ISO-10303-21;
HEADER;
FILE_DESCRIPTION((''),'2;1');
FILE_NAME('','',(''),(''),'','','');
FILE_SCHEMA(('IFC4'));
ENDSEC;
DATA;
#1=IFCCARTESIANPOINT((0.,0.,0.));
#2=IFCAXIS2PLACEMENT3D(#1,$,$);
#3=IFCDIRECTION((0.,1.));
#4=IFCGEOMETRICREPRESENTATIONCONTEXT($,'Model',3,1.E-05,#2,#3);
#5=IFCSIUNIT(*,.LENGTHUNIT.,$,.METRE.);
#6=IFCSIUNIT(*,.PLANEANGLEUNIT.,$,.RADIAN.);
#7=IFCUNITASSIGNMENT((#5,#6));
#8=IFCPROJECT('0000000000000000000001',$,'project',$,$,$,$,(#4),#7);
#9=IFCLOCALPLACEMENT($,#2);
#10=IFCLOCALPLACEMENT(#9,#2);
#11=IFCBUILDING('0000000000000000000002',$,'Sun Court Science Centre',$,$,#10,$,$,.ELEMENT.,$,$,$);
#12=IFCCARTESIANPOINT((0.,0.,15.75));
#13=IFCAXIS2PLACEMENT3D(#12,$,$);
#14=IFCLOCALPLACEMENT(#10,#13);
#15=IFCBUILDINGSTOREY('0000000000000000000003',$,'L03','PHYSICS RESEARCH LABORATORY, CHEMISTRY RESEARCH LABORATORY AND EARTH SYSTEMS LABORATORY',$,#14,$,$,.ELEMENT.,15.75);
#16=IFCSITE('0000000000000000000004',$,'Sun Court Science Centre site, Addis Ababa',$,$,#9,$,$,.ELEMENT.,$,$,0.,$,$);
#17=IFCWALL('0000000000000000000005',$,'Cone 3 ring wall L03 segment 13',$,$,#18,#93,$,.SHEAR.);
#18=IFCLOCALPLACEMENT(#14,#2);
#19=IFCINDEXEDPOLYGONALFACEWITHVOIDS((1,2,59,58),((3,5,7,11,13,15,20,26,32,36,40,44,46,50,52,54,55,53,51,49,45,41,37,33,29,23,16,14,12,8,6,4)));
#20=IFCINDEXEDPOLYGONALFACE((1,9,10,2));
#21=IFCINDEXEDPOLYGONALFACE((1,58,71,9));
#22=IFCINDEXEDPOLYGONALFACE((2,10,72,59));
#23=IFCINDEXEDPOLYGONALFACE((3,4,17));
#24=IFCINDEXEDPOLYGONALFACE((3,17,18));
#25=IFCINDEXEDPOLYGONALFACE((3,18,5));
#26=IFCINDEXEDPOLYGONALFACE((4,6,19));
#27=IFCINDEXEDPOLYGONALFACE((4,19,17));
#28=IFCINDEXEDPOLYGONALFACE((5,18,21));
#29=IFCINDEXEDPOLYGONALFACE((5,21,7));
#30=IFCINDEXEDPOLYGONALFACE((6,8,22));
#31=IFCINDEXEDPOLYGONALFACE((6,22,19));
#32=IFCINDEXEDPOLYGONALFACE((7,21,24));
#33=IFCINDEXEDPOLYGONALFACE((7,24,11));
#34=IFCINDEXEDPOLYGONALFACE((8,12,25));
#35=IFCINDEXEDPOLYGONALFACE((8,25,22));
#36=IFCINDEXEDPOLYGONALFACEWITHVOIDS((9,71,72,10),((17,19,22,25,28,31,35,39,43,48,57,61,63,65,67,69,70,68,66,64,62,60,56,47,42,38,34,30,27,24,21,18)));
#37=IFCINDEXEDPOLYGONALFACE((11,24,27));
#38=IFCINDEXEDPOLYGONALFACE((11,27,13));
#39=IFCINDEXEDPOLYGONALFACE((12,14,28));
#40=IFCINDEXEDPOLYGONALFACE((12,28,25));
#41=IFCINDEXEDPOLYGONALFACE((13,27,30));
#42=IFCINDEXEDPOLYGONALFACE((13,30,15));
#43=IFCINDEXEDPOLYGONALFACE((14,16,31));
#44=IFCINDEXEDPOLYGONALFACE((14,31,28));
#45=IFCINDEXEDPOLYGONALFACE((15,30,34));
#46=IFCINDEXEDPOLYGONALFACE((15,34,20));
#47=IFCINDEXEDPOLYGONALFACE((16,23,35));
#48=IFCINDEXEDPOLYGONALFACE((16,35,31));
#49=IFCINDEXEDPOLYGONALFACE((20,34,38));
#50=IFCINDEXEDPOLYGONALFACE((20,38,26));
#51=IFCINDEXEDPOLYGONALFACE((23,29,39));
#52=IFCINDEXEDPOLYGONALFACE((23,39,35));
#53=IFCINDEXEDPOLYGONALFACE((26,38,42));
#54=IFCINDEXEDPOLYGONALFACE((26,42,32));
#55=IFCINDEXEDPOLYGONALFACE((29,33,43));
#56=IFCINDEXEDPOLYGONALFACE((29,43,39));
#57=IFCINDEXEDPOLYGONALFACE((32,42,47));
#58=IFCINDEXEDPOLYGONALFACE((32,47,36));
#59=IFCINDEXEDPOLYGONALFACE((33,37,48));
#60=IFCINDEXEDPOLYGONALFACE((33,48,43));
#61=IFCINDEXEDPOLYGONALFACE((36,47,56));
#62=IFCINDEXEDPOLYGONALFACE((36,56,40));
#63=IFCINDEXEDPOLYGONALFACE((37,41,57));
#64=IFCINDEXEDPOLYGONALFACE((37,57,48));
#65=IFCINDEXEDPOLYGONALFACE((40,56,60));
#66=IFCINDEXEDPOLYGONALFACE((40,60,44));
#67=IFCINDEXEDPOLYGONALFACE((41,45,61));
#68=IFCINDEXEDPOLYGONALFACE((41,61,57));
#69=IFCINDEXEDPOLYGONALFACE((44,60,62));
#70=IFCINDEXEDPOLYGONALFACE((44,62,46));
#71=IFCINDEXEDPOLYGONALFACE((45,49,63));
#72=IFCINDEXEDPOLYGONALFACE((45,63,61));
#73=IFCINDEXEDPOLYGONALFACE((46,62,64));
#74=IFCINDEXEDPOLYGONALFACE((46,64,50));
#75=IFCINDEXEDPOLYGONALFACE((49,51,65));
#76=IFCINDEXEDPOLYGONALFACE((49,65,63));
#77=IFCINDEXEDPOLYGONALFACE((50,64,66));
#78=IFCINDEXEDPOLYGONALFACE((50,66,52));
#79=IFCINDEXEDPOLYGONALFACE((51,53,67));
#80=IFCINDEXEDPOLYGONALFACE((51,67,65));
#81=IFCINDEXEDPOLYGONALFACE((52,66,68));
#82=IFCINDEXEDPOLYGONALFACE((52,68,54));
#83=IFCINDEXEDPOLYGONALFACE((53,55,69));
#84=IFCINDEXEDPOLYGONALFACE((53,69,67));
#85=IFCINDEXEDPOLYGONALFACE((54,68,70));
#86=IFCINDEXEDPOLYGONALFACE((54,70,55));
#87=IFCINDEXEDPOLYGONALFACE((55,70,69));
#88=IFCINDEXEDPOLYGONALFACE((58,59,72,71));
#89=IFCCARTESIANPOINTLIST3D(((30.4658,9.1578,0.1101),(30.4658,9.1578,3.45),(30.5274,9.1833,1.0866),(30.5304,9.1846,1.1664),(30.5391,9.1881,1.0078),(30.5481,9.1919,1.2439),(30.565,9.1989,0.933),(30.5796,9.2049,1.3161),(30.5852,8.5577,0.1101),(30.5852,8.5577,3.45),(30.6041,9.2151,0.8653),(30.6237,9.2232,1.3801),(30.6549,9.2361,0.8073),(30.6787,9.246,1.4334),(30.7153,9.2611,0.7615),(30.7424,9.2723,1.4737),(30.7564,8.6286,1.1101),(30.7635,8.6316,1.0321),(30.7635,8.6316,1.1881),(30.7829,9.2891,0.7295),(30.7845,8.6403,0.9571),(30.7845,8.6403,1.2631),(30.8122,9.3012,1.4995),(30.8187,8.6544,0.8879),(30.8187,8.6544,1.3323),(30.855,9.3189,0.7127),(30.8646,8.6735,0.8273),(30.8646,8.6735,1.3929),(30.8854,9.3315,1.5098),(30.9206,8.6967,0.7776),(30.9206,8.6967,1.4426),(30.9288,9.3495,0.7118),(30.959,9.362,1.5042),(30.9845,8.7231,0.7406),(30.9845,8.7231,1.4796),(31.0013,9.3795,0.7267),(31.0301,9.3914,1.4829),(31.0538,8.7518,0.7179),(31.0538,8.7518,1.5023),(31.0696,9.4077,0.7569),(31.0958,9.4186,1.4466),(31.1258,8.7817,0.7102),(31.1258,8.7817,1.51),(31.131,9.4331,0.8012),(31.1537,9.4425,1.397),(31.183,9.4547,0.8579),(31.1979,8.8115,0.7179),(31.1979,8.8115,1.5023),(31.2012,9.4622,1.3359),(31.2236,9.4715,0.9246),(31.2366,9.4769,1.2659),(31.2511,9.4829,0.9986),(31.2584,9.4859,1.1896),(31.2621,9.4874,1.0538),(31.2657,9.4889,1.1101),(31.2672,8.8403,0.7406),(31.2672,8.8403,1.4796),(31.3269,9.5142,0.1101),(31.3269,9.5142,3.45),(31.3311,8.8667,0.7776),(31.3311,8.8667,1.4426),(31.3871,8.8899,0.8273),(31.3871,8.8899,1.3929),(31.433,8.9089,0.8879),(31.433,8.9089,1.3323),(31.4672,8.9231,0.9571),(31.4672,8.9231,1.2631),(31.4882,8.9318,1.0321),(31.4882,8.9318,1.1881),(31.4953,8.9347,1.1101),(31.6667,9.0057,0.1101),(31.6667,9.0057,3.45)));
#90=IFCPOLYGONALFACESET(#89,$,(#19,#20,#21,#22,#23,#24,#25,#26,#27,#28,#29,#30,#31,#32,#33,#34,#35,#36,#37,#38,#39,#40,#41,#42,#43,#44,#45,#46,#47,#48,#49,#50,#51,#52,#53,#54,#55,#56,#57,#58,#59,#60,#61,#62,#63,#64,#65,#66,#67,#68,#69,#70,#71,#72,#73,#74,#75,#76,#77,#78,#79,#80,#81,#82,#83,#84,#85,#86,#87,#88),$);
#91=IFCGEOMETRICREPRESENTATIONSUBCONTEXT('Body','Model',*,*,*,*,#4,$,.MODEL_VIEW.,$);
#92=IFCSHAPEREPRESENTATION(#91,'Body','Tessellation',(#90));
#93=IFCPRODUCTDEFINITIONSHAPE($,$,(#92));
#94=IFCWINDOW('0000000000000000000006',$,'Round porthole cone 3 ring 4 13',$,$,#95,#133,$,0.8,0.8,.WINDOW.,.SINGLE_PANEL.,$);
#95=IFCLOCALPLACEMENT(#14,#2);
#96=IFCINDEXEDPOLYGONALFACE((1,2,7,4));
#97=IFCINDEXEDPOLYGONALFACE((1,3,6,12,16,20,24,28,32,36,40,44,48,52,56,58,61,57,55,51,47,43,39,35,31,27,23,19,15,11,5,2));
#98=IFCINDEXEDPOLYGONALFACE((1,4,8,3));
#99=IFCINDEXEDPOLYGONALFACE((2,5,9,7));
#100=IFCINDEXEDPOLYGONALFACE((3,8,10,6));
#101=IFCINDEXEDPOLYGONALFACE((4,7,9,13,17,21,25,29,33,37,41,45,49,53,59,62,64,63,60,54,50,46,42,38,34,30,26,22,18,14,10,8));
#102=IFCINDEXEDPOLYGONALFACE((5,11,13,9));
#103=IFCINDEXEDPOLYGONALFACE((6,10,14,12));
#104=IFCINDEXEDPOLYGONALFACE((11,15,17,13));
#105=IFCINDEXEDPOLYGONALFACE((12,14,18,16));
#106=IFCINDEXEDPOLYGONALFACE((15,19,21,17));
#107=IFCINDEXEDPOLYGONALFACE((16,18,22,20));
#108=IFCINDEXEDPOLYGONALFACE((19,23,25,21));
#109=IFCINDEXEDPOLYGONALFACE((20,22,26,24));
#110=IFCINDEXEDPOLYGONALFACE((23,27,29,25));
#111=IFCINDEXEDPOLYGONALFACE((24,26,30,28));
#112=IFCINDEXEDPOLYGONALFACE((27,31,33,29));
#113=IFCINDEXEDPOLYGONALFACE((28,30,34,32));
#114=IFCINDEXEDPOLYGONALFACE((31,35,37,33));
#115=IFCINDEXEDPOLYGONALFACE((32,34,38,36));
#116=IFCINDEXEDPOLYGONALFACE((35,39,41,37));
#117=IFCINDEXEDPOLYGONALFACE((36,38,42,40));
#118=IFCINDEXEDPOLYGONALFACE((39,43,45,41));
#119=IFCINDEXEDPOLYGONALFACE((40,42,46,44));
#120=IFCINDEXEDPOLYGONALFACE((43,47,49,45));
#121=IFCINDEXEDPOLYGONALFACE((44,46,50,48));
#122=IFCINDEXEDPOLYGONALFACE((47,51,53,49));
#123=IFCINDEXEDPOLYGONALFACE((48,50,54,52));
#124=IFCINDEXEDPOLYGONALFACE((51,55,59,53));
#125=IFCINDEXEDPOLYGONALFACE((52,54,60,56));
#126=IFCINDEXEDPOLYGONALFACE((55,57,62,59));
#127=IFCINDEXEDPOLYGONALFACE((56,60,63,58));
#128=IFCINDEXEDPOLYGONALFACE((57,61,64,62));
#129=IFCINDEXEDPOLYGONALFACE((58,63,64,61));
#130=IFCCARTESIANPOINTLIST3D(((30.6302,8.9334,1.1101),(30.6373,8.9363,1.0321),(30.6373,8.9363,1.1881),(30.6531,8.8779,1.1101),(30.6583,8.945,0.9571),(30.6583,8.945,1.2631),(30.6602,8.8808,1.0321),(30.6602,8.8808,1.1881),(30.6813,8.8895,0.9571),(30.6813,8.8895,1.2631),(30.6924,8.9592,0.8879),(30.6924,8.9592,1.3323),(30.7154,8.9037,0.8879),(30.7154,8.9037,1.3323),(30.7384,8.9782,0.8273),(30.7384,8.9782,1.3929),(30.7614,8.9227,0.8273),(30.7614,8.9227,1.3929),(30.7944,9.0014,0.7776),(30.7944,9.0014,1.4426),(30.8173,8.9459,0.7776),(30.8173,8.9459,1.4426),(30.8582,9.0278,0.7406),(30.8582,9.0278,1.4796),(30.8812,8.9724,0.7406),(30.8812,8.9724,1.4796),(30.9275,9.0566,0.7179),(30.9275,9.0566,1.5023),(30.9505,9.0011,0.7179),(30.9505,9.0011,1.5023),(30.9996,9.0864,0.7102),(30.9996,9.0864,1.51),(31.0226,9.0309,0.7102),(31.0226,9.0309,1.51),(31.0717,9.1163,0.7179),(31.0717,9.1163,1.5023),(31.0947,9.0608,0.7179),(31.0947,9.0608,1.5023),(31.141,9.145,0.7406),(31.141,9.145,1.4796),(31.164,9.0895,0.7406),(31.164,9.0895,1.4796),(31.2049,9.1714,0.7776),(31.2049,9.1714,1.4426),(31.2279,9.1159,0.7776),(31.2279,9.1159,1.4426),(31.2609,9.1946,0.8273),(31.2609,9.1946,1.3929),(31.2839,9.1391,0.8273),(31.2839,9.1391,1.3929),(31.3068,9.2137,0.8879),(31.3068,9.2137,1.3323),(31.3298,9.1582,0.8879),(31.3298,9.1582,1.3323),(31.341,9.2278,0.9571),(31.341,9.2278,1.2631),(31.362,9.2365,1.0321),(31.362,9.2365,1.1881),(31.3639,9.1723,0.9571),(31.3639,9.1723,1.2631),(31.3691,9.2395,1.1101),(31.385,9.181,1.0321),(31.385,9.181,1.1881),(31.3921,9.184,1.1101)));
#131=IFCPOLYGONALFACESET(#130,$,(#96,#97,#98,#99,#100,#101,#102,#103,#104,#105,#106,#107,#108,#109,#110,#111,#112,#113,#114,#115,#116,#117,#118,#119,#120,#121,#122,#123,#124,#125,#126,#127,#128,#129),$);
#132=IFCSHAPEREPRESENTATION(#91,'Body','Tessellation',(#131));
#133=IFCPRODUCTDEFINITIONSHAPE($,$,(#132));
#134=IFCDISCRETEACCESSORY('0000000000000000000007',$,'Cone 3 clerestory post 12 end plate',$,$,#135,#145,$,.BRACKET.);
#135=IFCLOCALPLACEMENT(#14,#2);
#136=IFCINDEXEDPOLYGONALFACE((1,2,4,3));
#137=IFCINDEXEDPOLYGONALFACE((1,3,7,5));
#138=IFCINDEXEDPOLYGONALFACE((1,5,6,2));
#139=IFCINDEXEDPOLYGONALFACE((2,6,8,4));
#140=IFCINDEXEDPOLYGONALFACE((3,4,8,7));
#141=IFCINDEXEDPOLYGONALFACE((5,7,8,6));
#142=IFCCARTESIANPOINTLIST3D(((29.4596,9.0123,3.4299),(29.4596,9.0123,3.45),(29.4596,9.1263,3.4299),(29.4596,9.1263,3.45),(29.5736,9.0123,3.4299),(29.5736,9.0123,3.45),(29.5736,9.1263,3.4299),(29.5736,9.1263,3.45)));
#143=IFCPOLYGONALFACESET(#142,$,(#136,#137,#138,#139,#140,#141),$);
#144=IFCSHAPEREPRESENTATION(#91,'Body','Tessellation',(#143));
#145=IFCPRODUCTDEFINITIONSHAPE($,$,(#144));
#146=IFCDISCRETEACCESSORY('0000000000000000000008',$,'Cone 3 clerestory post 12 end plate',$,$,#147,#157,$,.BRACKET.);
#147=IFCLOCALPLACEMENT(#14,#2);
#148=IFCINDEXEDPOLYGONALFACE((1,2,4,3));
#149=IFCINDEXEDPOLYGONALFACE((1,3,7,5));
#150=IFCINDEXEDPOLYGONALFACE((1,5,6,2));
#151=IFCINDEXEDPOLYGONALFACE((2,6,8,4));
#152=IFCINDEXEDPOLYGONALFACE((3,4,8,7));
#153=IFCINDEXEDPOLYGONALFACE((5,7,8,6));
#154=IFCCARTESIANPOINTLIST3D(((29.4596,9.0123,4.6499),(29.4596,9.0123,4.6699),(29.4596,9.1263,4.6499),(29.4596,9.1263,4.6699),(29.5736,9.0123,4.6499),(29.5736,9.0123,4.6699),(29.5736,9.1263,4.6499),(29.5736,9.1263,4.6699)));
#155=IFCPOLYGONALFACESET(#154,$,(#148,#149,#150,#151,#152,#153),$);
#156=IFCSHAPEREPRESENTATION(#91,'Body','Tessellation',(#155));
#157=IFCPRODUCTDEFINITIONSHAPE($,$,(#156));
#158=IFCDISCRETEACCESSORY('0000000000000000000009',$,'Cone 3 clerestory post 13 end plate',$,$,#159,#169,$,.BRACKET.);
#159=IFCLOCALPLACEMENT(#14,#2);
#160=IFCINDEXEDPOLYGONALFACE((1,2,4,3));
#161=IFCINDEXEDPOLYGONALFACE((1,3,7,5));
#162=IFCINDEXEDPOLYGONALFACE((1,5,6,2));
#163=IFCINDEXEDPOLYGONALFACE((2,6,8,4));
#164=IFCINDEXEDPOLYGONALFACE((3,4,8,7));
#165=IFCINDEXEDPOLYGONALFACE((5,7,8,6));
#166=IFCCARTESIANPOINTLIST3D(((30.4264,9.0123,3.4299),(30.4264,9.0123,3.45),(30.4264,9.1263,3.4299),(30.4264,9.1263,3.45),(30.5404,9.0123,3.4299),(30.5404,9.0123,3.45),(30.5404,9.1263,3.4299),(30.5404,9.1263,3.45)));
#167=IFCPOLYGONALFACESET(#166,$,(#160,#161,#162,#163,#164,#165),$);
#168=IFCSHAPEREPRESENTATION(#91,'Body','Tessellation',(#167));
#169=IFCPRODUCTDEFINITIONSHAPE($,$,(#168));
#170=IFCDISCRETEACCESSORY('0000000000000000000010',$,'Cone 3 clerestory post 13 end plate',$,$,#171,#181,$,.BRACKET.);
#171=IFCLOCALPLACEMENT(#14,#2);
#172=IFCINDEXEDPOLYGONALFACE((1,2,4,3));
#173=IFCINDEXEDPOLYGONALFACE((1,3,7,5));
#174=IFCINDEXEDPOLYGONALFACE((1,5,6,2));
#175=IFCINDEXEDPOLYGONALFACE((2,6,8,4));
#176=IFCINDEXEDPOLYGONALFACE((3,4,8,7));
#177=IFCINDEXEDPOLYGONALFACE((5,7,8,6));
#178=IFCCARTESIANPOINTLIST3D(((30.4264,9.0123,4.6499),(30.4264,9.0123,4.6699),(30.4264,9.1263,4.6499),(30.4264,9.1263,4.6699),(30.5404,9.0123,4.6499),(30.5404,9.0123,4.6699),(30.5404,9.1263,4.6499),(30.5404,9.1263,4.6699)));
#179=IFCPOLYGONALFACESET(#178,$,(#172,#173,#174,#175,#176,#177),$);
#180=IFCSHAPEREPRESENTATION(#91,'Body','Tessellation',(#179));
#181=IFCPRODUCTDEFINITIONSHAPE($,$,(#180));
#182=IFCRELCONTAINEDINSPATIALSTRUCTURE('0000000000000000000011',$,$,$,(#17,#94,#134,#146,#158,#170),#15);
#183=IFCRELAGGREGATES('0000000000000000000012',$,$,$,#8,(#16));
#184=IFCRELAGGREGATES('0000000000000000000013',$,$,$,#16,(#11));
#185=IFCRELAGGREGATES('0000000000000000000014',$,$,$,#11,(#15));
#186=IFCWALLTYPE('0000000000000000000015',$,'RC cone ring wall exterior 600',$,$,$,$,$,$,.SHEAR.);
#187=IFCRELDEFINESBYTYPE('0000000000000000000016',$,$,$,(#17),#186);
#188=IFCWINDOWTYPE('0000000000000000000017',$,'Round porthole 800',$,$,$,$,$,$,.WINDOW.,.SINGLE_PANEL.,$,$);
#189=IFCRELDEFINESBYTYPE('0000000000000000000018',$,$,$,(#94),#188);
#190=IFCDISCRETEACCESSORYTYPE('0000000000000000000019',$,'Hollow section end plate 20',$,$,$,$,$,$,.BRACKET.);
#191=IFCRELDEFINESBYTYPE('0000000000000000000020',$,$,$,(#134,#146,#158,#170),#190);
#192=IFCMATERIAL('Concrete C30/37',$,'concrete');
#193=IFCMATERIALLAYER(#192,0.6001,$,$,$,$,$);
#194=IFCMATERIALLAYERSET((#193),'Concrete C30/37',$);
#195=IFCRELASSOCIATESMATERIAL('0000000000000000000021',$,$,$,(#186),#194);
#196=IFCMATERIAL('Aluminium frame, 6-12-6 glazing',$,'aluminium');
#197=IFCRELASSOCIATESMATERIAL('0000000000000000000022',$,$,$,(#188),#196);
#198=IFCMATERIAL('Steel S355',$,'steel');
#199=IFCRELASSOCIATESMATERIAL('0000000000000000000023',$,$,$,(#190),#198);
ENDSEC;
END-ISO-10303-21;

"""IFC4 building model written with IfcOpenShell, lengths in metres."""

from ifc_helpers import new_model, si_unit, direction, frame, frame_2d, origin, origin_2d, place, context, subcontext, project, spatial, polyline, rectangle, circle, outline, extrude, material, layer, layer_set, type_object, element, fill, save


model = new_model("IFC4")

# Units and contexts
model_context = context("Model", 3, precision=1e-05, world=origin(), true_north=direction((0.0, 1.0)))
body_context = subcontext(model_context, "Body", "Model", "MODEL_VIEW")
ifc_project = project(units=[si_unit("LENGTHUNIT", "METRE"), si_unit("PLANEANGLEUNIT", "RADIAN")], contexts=[model_context])

# Site, building, storey
site_placement = place(None, origin())
site = spatial("IfcSite", under=ifc_project, at=site_placement, Name="Sun Court Science Centre site, Addis Ababa", CompositionType="ELEMENT", RefElevation=0.0)
building_placement = place(site_placement, origin())
building = spatial("IfcBuilding", under=site, at=building_placement, Name="Sun Court Science Centre", CompositionType="ELEMENT")
storey_placement = place(building_placement, frame((0.0, 0.0, 15.75)))
storey = spatial("IfcBuildingStorey", under=building, at=storey_placement, Name="L03", Description="PHYSICS RESEARCH LABORATORY, CHEMISTRY RESEARCH LABORATORY AND EARTH SYSTEMS LABORATORY", CompositionType="ELEMENT", Elevation=15.75)

# Wall, opening, window
ifc_material_1 = material(Name="Concrete C30/37", Category="concrete")
ifc_layer_1 = layer(ifc_material_1, 0.6001)
ifc_layer_set_1 = layer_set([ifc_layer_1], Name="Concrete C30/37")
wall_type = type_object("IfcWallType", Name="RC cone ring wall exterior 600", PredefinedType="SHEAR", material=ifc_layer_set_1)
ifc_material_2 = material(Name="Aluminium frame, 6-12-6 glazing", Category="aluminium")
window_type = type_object("IfcWindowType", Name="Round porthole 800", PartitioningType="SINGLE_PANEL", PredefinedType="WINDOW", material=ifc_material_2)
wall_1_placement = place(storey_placement, frame((30.4705, 8.8347, 0.1101), z_axis=(0.0, 0.0, 1.0), x_axis=(0.923877, 0.382689, 0.0)))
wall_1 = element("IfcWall", 1, at=wall_1_placement, inside=storey, type_object=wall_type, Name="Cone 3 ring wall L03 segment 13", PredefinedType="SHEAR", context=body_context, shape_type="SweptSolid", body=[
    extrude(outline(polyline([(0.0, -0.2998), (1.1707, -0.2998), (1.0513, 0.3), (0.1194, 0.3003), (0.0, -0.2998)])), origin(), (0.0, 0.0, 1.0), 3.3398),
])
opening_1_placement = place(wall_1_placement, frame((0.1853, 0.0, 0.6001)))
opening_1 = element("IfcOpeningElement", 2, at=opening_1_placement, cuts=wall_1, PredefinedType="OPENING", context=body_context, shape_type="SweptSolid", body=[
    extrude(circle(Radius=0.3999, at=frame_2d((0.3999, 0.3999))), frame((0.0, 0.3101, 0.0), z_axis=(0.0, -1.0, 0.0), x_axis=(1.0, 0.0, 0.0)), (0.0, 0.0, 1.0), 0.6201),
])
window_1_placement = place(opening_1_placement, origin())
window_1 = element("IfcWindow", 3, at=window_1_placement, inside=storey, type_object=window_type, Name="Round porthole cone 3 ring 4 13", OverallHeight=0.8, OverallWidth=0.8, PartitioningType="SINGLE_PANEL", PredefinedType="WINDOW", context=body_context, shape_type="SweptSolid", body=[
    extrude(circle(Radius=0.3999, at=frame_2d((0.3999, 0.3999))), frame((0.0, 0.03, 0.0), z_axis=(0.0, -1.0, 0.0), x_axis=(1.0, 0.0, 0.0)), (0.0, 0.0, 1.0), 0.0601),
])
fill(opening_1, window_1)

# Discrete accessories
ifc_material_3 = material(Name="Steel S355", Category="steel")
discrete_accessory_type = type_object("IfcDiscreteAccessoryType", Name="Hollow section end plate 20", PredefinedType="BRACKET", material=ifc_material_3)
for number, where, z_axis, x_axis, name in (
    (4, (29.5166, 9.0693, 3.4299), (0.0, 0.0, 1.0), (1.0, 0.0, 0.0), "Cone 3 clerestory post 12 end plate"),
    (5, (29.5166, 9.0693, 4.6499), (0.0, 0.0, 1.0), (1.0, 0.0, 0.0), "Cone 3 clerestory post 12 end plate"),
    (6, (30.4834, 9.0693, 3.4299), (0.0, 0.0, 1.0), (1.0, 0.0, 0.0), "Cone 3 clerestory post 13 end plate"),
    (7, (30.4834, 9.0693, 4.6499), (0.0, 0.0, 1.0), (1.0, 0.0, 0.0), "Cone 3 clerestory post 13 end plate"),
):
    element("IfcDiscreteAccessory", number, at=place(storey_placement, frame(where, z_axis=z_axis, x_axis=x_axis)), inside=storey, type_object=discrete_accessory_type, Name=name, PredefinedType="BRACKET", context=body_context, shape_type="SweptSolid", body=[
        extrude(rectangle(XDim=0.114, YDim=0.114, at=origin_2d()), origin(), (0.0, 0.0, 1.0), 0.02),
    ])

save(model, "model.ifc")
